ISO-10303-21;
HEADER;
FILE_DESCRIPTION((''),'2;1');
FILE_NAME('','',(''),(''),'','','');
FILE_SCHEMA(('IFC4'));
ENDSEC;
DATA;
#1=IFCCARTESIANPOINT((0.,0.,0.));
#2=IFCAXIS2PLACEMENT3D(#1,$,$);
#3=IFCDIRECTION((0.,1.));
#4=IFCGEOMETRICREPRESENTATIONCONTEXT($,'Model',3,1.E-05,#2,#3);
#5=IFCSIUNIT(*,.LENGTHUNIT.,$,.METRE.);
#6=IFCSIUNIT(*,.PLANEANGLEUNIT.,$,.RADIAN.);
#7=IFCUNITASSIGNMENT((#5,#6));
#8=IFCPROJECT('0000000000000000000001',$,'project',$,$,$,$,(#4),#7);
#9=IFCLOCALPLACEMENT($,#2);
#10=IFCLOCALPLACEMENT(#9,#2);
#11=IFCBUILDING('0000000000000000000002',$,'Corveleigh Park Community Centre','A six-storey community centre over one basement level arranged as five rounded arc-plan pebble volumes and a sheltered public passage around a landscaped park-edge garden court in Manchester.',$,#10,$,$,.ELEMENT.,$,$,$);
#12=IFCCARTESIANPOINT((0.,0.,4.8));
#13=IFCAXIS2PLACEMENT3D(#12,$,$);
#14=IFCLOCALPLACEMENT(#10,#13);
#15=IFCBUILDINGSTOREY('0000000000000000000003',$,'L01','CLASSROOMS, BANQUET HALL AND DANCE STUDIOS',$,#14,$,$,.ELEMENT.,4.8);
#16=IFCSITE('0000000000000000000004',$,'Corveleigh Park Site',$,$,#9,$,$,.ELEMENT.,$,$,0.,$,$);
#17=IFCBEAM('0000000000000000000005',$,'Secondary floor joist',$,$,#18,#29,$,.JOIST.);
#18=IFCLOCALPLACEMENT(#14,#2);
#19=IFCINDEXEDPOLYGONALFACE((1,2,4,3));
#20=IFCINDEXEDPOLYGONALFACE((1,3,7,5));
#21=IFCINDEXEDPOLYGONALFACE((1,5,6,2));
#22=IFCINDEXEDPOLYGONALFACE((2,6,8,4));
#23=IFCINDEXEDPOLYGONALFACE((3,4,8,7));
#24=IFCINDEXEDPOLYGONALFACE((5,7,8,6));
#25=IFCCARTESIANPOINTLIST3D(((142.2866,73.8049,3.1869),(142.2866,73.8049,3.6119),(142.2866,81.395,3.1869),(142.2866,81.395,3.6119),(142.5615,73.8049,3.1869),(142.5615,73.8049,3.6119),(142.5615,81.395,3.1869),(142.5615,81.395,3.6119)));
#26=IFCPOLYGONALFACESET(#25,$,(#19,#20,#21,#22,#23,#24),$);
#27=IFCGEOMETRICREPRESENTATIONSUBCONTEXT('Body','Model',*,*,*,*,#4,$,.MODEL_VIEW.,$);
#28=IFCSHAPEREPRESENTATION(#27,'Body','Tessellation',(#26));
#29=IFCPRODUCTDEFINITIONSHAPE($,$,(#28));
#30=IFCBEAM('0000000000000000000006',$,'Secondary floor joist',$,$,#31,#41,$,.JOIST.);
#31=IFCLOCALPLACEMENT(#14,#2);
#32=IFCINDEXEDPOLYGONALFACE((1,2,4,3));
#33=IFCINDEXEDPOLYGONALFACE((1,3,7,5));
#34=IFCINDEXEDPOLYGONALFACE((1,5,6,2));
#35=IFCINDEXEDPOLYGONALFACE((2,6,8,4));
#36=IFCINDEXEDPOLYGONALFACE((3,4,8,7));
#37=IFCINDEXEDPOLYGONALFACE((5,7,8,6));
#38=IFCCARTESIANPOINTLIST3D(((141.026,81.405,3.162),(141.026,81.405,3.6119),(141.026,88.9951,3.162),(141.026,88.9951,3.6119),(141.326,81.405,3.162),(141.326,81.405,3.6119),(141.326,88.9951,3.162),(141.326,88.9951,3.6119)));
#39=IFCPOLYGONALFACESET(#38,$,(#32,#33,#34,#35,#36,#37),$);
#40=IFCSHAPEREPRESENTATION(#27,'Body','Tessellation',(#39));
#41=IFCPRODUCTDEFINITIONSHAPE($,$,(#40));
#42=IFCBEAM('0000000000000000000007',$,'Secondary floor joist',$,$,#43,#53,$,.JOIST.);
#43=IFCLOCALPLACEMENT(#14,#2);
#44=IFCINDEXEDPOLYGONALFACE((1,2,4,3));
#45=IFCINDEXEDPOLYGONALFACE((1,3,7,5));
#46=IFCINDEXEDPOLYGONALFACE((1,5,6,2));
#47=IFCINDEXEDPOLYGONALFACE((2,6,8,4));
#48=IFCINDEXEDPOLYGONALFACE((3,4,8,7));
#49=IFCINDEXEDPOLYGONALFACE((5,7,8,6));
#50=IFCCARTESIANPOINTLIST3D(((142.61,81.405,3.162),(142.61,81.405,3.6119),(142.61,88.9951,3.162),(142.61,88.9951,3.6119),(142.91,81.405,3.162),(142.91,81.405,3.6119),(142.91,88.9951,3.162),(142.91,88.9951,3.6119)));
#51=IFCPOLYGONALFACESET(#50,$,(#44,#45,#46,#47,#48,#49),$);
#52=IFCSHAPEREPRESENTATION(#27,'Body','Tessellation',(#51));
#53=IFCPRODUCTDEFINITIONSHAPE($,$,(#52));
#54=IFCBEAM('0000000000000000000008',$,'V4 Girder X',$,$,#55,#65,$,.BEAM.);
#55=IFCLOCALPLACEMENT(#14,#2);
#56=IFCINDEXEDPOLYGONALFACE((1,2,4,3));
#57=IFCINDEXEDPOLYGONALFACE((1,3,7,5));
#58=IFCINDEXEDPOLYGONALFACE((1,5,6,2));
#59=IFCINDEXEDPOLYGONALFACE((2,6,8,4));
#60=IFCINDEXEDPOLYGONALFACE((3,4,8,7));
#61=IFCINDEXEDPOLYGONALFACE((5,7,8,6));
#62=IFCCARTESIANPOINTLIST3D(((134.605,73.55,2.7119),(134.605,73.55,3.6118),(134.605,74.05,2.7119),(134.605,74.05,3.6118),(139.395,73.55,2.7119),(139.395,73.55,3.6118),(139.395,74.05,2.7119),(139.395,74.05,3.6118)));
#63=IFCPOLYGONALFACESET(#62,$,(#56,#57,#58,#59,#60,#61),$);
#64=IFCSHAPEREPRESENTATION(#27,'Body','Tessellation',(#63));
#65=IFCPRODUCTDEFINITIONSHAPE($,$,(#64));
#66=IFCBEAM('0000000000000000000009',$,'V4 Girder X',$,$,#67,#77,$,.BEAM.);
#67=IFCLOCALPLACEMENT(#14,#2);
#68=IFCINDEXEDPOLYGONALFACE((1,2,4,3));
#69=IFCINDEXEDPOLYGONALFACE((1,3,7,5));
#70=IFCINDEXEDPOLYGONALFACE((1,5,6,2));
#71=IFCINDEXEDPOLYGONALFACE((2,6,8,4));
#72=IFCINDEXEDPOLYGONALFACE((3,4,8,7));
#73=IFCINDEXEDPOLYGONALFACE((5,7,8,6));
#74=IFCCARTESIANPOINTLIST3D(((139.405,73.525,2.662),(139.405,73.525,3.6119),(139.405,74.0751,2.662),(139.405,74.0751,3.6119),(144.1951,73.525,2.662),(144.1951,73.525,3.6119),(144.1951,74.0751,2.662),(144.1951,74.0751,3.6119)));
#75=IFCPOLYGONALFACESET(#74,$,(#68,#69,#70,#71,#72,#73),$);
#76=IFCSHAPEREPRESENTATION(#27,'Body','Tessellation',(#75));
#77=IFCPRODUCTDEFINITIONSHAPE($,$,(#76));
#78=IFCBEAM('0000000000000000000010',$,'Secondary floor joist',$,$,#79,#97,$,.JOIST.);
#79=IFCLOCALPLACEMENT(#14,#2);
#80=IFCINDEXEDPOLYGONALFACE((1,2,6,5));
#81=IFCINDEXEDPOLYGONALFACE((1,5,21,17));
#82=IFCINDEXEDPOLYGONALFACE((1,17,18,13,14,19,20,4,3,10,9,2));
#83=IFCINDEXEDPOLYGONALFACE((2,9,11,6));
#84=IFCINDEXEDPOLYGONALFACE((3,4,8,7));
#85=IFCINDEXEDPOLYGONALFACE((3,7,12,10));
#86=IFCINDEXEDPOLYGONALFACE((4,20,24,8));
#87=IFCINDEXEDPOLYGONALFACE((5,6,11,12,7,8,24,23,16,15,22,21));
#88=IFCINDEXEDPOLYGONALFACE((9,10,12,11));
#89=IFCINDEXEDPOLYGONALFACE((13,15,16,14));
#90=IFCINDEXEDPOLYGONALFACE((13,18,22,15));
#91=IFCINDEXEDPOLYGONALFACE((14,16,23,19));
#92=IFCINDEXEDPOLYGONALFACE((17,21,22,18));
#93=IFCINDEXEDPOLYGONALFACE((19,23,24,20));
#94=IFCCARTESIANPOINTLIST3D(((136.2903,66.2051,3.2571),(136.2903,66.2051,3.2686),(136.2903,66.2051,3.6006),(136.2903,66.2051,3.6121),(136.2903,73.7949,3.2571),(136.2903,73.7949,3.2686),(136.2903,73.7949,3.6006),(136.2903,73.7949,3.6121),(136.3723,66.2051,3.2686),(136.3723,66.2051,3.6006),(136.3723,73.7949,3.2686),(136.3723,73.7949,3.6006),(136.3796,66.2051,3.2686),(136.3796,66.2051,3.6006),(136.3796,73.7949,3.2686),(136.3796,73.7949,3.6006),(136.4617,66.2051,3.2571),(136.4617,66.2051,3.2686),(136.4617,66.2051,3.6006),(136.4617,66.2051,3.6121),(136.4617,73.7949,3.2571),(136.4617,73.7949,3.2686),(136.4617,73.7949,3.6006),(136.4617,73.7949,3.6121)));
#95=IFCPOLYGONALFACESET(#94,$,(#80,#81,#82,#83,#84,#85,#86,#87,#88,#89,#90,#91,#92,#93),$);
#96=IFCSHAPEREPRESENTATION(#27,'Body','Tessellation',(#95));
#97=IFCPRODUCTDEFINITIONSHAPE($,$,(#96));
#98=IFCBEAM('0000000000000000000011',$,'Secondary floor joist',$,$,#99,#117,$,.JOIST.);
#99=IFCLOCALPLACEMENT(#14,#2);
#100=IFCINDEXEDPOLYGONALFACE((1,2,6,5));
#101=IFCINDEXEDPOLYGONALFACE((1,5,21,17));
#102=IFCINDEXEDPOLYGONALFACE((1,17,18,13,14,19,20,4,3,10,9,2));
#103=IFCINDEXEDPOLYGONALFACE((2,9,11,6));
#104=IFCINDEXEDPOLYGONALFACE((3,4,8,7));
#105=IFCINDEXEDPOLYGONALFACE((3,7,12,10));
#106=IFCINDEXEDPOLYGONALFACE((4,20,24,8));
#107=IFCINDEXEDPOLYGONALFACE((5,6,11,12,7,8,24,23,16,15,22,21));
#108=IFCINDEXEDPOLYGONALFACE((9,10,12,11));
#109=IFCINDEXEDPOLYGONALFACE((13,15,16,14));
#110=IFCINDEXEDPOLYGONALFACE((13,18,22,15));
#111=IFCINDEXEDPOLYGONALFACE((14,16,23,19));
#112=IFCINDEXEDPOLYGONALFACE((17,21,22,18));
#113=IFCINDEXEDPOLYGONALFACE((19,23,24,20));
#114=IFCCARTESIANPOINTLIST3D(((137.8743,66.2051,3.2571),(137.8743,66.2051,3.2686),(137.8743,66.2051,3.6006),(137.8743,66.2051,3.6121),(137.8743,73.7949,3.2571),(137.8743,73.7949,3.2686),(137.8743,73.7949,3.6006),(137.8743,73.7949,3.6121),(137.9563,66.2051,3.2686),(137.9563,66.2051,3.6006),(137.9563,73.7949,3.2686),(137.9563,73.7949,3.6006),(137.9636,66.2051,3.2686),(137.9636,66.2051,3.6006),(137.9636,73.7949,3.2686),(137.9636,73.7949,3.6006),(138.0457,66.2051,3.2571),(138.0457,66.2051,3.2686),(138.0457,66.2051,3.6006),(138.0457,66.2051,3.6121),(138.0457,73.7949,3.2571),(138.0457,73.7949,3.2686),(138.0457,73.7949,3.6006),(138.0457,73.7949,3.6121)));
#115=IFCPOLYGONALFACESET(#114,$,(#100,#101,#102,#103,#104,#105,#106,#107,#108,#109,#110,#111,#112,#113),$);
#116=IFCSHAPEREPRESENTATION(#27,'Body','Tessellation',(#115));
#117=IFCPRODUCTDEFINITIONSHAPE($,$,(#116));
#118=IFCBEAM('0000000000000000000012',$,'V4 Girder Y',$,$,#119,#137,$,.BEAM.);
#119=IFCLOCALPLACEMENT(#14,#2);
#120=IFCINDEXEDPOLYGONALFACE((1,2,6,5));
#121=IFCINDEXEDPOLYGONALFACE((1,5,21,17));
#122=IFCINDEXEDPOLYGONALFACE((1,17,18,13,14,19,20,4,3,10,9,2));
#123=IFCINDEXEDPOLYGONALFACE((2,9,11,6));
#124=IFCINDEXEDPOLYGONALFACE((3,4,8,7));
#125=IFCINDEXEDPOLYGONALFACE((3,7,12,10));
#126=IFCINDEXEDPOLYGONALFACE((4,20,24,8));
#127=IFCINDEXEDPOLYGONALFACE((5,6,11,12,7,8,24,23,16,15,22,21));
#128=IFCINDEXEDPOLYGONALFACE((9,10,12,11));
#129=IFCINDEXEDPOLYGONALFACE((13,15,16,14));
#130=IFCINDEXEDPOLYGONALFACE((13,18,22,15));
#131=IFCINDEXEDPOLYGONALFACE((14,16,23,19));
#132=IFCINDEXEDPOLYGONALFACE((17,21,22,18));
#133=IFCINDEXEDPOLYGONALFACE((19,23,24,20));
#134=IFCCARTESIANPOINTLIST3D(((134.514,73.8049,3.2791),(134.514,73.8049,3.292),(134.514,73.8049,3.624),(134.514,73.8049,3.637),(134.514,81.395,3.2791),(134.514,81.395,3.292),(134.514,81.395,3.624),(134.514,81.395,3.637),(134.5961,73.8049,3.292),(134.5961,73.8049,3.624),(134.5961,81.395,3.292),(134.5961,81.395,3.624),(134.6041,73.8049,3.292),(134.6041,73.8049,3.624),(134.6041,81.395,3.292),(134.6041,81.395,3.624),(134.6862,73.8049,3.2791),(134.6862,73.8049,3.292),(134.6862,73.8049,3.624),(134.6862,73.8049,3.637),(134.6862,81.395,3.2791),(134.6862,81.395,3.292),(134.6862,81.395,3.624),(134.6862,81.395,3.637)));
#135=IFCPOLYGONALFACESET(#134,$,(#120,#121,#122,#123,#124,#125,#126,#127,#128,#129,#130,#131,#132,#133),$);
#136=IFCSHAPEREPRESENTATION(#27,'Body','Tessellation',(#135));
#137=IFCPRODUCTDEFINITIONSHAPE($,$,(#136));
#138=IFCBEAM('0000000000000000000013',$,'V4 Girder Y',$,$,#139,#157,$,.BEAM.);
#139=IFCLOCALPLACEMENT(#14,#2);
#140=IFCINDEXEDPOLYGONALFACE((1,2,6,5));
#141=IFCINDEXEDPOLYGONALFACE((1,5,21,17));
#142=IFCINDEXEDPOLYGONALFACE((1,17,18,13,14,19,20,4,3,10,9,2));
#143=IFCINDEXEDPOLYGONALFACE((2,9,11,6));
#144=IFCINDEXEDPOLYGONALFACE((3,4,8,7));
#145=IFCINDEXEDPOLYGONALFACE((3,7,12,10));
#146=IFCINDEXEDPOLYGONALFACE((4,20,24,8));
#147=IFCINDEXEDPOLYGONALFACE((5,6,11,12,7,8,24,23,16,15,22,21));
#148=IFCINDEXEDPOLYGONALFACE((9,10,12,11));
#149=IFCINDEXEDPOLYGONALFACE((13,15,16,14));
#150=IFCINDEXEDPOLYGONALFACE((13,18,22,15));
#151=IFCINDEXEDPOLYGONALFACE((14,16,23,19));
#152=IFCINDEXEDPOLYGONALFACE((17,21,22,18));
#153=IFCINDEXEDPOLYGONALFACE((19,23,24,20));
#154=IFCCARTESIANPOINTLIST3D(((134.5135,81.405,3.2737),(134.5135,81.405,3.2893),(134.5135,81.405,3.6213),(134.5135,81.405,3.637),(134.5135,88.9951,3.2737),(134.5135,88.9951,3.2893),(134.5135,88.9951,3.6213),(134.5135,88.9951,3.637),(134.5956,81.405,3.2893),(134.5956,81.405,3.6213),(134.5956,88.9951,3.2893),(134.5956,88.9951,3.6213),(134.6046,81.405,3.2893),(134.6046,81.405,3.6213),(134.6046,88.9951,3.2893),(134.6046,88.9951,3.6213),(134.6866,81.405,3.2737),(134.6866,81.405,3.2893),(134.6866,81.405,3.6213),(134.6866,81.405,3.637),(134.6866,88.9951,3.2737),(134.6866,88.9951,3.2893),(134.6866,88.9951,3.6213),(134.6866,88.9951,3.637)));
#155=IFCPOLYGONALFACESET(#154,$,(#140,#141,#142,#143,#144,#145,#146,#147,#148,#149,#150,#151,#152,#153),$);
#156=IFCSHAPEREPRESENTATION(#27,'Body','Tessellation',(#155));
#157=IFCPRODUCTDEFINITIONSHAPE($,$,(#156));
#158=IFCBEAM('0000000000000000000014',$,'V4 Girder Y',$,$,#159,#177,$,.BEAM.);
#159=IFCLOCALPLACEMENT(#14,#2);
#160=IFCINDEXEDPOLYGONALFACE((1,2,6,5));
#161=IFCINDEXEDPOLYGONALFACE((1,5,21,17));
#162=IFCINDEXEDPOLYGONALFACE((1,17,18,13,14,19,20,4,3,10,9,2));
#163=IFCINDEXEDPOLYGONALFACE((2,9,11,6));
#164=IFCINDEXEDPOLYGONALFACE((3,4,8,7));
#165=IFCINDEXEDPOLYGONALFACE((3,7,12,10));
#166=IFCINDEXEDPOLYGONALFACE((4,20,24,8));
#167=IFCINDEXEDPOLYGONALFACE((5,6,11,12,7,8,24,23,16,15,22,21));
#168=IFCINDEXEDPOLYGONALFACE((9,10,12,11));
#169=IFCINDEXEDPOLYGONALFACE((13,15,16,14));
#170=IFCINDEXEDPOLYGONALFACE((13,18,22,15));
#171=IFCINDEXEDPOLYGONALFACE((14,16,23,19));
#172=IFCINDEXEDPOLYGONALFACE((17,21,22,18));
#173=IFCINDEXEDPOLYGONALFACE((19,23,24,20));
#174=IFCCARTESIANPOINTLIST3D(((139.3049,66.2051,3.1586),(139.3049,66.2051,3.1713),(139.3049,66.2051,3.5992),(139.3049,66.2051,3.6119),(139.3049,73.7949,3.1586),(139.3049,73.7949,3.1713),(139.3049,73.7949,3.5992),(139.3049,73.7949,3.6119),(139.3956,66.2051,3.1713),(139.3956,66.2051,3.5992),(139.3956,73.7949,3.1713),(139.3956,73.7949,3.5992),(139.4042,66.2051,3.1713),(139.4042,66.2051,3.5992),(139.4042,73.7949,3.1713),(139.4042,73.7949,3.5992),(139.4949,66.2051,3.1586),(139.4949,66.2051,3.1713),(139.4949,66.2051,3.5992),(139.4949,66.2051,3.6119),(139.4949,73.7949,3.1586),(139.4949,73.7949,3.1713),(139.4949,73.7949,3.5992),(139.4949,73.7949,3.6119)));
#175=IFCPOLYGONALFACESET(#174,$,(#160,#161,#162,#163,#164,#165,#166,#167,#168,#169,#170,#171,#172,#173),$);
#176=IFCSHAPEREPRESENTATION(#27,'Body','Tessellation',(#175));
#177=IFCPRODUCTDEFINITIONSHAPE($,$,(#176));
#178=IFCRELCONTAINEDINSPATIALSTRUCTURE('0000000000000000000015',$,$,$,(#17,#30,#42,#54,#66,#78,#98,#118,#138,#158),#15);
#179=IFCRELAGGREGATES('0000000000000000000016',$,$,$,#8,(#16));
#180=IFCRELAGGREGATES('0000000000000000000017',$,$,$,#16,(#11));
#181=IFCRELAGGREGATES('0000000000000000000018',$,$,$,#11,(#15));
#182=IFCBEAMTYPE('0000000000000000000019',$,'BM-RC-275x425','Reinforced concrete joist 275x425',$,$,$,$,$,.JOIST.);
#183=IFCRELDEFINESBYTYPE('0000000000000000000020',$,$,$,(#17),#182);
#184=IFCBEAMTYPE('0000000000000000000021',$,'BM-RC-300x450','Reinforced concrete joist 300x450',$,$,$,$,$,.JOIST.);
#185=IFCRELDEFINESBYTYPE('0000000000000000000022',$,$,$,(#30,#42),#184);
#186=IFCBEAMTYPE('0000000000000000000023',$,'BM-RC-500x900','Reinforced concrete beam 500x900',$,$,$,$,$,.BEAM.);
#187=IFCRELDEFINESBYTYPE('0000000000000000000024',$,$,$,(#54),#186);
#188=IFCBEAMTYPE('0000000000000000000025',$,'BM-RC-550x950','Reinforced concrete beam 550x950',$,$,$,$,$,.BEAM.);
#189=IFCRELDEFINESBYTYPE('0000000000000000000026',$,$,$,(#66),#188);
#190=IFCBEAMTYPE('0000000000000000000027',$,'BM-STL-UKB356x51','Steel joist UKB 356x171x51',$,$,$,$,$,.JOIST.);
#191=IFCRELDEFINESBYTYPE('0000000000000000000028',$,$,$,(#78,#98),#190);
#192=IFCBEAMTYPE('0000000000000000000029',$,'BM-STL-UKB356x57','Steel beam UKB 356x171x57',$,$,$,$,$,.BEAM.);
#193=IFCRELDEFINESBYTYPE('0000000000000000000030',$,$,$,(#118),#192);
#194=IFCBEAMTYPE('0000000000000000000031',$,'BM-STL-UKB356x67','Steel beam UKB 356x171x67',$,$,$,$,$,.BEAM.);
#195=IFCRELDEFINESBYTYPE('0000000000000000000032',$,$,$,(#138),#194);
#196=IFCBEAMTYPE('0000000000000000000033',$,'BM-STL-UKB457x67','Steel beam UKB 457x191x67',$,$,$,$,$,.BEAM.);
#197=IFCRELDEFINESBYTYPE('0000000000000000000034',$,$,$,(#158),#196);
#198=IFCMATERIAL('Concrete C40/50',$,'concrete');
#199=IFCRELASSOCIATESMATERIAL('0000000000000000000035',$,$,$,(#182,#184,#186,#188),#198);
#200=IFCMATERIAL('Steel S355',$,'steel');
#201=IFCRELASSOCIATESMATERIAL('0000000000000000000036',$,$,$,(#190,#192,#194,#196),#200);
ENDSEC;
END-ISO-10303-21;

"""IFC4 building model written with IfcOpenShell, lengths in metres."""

from ifc_helpers import new_model, si_unit, direction, frame, origin, origin_2d, place, context, subcontext, project, spatial, rectangle, i_section, extrude, material, material_profile, profile_set, type_object, element, save


model = new_model("IFC4")

# Units and contexts
model_context = context("Model", 3, precision=1e-05, world=origin(), true_north=direction((0.0, 1.0)))
body_context = subcontext(model_context, "Body", "Model", "MODEL_VIEW")
ifc_project = project(units=[si_unit("LENGTHUNIT", "METRE"), si_unit("PLANEANGLEUNIT", "RADIAN")], contexts=[model_context])

# Site, building, storey
site_placement = place(None, origin())
site = spatial("IfcSite", under=ifc_project, at=site_placement, Name="Corveleigh Park Site", CompositionType="ELEMENT", RefElevation=0.0)
building_placement = place(site_placement, origin())
building = spatial("IfcBuilding", under=site, at=building_placement, Name="Corveleigh Park Community Centre", Description="A six-storey community centre over one basement level arranged as five rounded arc-plan pebble volumes and a sheltered public passage around a landscaped park-edge garden court in Manchester.", CompositionType="ELEMENT")
storey_placement = place(building_placement, frame((0.0, 0.0, 4.8)))
storey = spatial("IfcBuildingStorey", under=building, at=storey_placement, Name="L01", Description="CLASSROOMS, BANQUET HALL AND DANCE STUDIOS", CompositionType="ELEMENT", Elevation=4.8)

# Shared definitions
ifc_material_1 = material(Name="Concrete C40/50", Category="concrete")
ifc_material_2 = material(Name="Steel S355", Category="steel")

# Beams
ifc_material_profile_1 = material_profile(ifc_material_1, rectangle(XDim=0.2749, YDim=0.425, at=origin_2d()), Name="RC-275x425", Category="concrete")
ifc_profile_set_1 = profile_set([ifc_material_profile_1], Name="Concrete C40/50")
beam_type_1 = type_object("IfcBeamType", Name="BM-RC-275x425", Description="Reinforced concrete joist 275x425", PredefinedType="JOIST", material=ifc_profile_set_1)
for number, where, z_axis, x_axis, name in (
    (1, (142.4241, 73.8049, 3.3994), (0.0, 1.0, 0.0), (-1.0, 0.0, 0.0), "Secondary floor joist"),
):
    element("IfcBeam", number, at=place(storey_placement, frame(where, z_axis=z_axis, x_axis=x_axis)), inside=storey, type_object=beam_type_1, Name=name, PredefinedType="JOIST", context=body_context, shape_type="SweptSolid", body=[
        extrude(rectangle(XDim=0.2749, YDim=0.425, at=origin_2d()), origin(), (0.0, 0.0, 1.0), 7.5901),
    ])
ifc_material_profile_2 = material_profile(ifc_material_1, rectangle(XDim=0.3, YDim=0.45, at=origin_2d()), Name="RC-300x450", Category="concrete")
ifc_profile_set_2 = profile_set([ifc_material_profile_2], Name="Concrete C40/50")
beam_type_2 = type_object("IfcBeamType", Name="BM-RC-300x450", Description="Reinforced concrete joist 300x450", PredefinedType="JOIST", material=ifc_profile_set_2)
for number, where, z_axis, x_axis, name in (
    (2, (141.176, 81.405, 3.387), (0.0, 1.0, 0.0), (-1.0, 0.0, 0.0), "Secondary floor joist"),
    (3, (142.76, 81.405, 3.387), (0.0, 1.0, 0.0), (-1.0, 0.0, 0.0), "Secondary floor joist"),
):
    element("IfcBeam", number, at=place(storey_placement, frame(where, z_axis=z_axis, x_axis=x_axis)), inside=storey, type_object=beam_type_2, Name=name, PredefinedType="JOIST", context=body_context, shape_type="SweptSolid", body=[
        extrude(rectangle(XDim=0.3, YDim=0.45, at=origin_2d()), origin(), (0.0, 0.0, 1.0), 7.5901),
    ])
ifc_material_profile_3 = material_profile(ifc_material_1, rectangle(XDim=0.5, YDim=0.8999, at=origin_2d()), Name="RC-500x900", Category="concrete")
ifc_profile_set_3 = profile_set([ifc_material_profile_3], Name="Concrete C40/50")
beam_type_3 = type_object("IfcBeamType", Name="BM-RC-500x900", Description="Reinforced concrete beam 500x900", PredefinedType="BEAM", material=ifc_profile_set_3)
beam_1_placement = place(storey_placement, frame((134.605, 73.8, 3.1619), z_axis=(1.0, 0.0, 0.0), x_axis=(0.0, 1.0, 0.0)))
element("IfcBeam", 4, at=beam_1_placement, inside=storey, type_object=beam_type_3, Name="V4 Girder X", PredefinedType="BEAM", context=body_context, shape_type="SweptSolid", body=[
    extrude(rectangle(XDim=0.5, YDim=0.8999, at=origin_2d()), origin(), (0.0, 0.0, 1.0), 4.79),
])
ifc_material_profile_4 = material_profile(ifc_material_1, rectangle(XDim=0.55, YDim=0.95, at=origin_2d()), Name="RC-550x950", Category="concrete")
ifc_profile_set_4 = profile_set([ifc_material_profile_4], Name="Concrete C40/50")
beam_type_4 = type_object("IfcBeamType", Name="BM-RC-550x950", Description="Reinforced concrete beam 550x950", PredefinedType="BEAM", material=ifc_profile_set_4)
beam_2_placement = place(storey_placement, frame((139.405, 73.8, 3.137), z_axis=(1.0, 0.0, 0.0), x_axis=(0.0, 1.0, 0.0)))
element("IfcBeam", 5, at=beam_2_placement, inside=storey, type_object=beam_type_4, Name="V4 Girder X", PredefinedType="BEAM", context=body_context, shape_type="SweptSolid", body=[
    extrude(rectangle(XDim=0.55, YDim=0.95, at=origin_2d()), origin(), (0.0, 0.0, 1.0), 4.79),
])
ifc_material_profile_5 = material_profile(ifc_material_2, i_section(OverallWidth=0.1714, OverallDepth=0.355, WebThickness=0.0073, FlangeThickness=0.0115, at=origin_2d()), Name="UKB 356x171x51", Category="steel")
ifc_profile_set_5 = profile_set([ifc_material_profile_5], Name="Steel S355")
beam_type_5 = type_object("IfcBeamType", Name="BM-STL-UKB356x51", Description="Steel joist UKB 356x171x51", PredefinedType="JOIST", material=ifc_profile_set_5)
for number, where, z_axis, x_axis, name in (
    (6, (136.376, 66.2051, 3.4346), (0.0, 1.0, 0.0), (-1.0, 0.0, 0.0), "Secondary floor joist"),
    (7, (137.96, 66.2051, 3.4346), (0.0, 1.0, 0.0), (-1.0, 0.0, 0.0), "Secondary floor joist"),
):
    element("IfcBeam", number, at=place(storey_placement, frame(where, z_axis=z_axis, x_axis=x_axis)), inside=storey, type_object=beam_type_5, Name=name, PredefinedType="JOIST", context=body_context, shape_type="SweptSolid", body=[
        extrude(i_section(OverallWidth=0.1714, OverallDepth=0.355, WebThickness=0.0073, FlangeThickness=0.0115, at=origin_2d()), origin(), (0.0, 0.0, 1.0), 7.5898),
    ])
ifc_material_profile_6 = material_profile(ifc_material_2, i_section(OverallWidth=0.1721, OverallDepth=0.3579, WebThickness=0.0081, FlangeThickness=0.0129, at=origin_2d()), Name="UKB 356x171x57", Category="steel")
ifc_profile_set_6 = profile_set([ifc_material_profile_6], Name="Steel S355")
beam_type_6 = type_object("IfcBeamType", Name="BM-STL-UKB356x57", Description="Steel beam UKB 356x171x57", PredefinedType="BEAM", material=ifc_profile_set_6)
beam_3_placement = place(storey_placement, frame((134.6001, 73.8049, 3.458), z_axis=(0.0, 1.0, 0.0), x_axis=(-1.0, 0.0, 0.0)))
element("IfcBeam", 8, at=beam_3_placement, inside=storey, type_object=beam_type_6, Name="V4 Girder Y", PredefinedType="BEAM", context=body_context, shape_type="SweptSolid", body=[
    extrude(i_section(OverallWidth=0.1721, OverallDepth=0.3579, WebThickness=0.0081, FlangeThickness=0.0129, at=origin_2d()), origin(), (0.0, 0.0, 1.0), 7.5901),
])
ifc_material_profile_7 = material_profile(ifc_material_2, i_section(OverallWidth=0.1731, OverallDepth=0.3633, WebThickness=0.009, FlangeThickness=0.0156, at=origin_2d()), Name="UKB 356x171x67", Category="steel")
ifc_profile_set_7 = profile_set([ifc_material_profile_7], Name="Steel S355")
beam_type_7 = type_object("IfcBeamType", Name="BM-STL-UKB356x67", Description="Steel beam UKB 356x171x67", PredefinedType="BEAM", material=ifc_profile_set_7)
beam_4_placement = place(storey_placement, frame((134.6001, 81.405, 3.4553), z_axis=(0.0, 1.0, 0.0), x_axis=(-1.0, 0.0, 0.0)))
element("IfcBeam", 9, at=beam_4_placement, inside=storey, type_object=beam_type_7, Name="V4 Girder Y", PredefinedType="BEAM", context=body_context, shape_type="SweptSolid", body=[
    extrude(i_section(OverallWidth=0.1731, OverallDepth=0.3633, WebThickness=0.009, FlangeThickness=0.0156, at=origin_2d()), origin(), (0.0, 0.0, 1.0), 7.5901),
])
ifc_material_profile_8 = material_profile(ifc_material_2, i_section(OverallWidth=0.1899, OverallDepth=0.4534, WebThickness=0.0085, FlangeThickness=0.0127, at=origin_2d()), Name="UKB 457x191x67", Category="steel")
ifc_profile_set_8 = profile_set([ifc_material_profile_8], Name="Steel S355")
beam_type_8 = type_object("IfcBeamType", Name="BM-STL-UKB457x67", Description="Steel beam UKB 457x191x67", PredefinedType="BEAM", material=ifc_profile_set_8)
beam_5_placement = place(storey_placement, frame((139.3999, 66.2051, 3.3853), z_axis=(0.0, 1.0, 0.0), x_axis=(-1.0, 0.0, 0.0)))
element("IfcBeam", 10, at=beam_5_placement, inside=storey, type_object=beam_type_8, Name="V4 Girder Y", PredefinedType="BEAM", context=body_context, shape_type="SweptSolid", body=[
    extrude(i_section(OverallWidth=0.1899, OverallDepth=0.4534, WebThickness=0.0085, FlangeThickness=0.0127, at=origin_2d()), origin(), (0.0, 0.0, 1.0), 7.5898),
])

save(model, "model.ifc")
